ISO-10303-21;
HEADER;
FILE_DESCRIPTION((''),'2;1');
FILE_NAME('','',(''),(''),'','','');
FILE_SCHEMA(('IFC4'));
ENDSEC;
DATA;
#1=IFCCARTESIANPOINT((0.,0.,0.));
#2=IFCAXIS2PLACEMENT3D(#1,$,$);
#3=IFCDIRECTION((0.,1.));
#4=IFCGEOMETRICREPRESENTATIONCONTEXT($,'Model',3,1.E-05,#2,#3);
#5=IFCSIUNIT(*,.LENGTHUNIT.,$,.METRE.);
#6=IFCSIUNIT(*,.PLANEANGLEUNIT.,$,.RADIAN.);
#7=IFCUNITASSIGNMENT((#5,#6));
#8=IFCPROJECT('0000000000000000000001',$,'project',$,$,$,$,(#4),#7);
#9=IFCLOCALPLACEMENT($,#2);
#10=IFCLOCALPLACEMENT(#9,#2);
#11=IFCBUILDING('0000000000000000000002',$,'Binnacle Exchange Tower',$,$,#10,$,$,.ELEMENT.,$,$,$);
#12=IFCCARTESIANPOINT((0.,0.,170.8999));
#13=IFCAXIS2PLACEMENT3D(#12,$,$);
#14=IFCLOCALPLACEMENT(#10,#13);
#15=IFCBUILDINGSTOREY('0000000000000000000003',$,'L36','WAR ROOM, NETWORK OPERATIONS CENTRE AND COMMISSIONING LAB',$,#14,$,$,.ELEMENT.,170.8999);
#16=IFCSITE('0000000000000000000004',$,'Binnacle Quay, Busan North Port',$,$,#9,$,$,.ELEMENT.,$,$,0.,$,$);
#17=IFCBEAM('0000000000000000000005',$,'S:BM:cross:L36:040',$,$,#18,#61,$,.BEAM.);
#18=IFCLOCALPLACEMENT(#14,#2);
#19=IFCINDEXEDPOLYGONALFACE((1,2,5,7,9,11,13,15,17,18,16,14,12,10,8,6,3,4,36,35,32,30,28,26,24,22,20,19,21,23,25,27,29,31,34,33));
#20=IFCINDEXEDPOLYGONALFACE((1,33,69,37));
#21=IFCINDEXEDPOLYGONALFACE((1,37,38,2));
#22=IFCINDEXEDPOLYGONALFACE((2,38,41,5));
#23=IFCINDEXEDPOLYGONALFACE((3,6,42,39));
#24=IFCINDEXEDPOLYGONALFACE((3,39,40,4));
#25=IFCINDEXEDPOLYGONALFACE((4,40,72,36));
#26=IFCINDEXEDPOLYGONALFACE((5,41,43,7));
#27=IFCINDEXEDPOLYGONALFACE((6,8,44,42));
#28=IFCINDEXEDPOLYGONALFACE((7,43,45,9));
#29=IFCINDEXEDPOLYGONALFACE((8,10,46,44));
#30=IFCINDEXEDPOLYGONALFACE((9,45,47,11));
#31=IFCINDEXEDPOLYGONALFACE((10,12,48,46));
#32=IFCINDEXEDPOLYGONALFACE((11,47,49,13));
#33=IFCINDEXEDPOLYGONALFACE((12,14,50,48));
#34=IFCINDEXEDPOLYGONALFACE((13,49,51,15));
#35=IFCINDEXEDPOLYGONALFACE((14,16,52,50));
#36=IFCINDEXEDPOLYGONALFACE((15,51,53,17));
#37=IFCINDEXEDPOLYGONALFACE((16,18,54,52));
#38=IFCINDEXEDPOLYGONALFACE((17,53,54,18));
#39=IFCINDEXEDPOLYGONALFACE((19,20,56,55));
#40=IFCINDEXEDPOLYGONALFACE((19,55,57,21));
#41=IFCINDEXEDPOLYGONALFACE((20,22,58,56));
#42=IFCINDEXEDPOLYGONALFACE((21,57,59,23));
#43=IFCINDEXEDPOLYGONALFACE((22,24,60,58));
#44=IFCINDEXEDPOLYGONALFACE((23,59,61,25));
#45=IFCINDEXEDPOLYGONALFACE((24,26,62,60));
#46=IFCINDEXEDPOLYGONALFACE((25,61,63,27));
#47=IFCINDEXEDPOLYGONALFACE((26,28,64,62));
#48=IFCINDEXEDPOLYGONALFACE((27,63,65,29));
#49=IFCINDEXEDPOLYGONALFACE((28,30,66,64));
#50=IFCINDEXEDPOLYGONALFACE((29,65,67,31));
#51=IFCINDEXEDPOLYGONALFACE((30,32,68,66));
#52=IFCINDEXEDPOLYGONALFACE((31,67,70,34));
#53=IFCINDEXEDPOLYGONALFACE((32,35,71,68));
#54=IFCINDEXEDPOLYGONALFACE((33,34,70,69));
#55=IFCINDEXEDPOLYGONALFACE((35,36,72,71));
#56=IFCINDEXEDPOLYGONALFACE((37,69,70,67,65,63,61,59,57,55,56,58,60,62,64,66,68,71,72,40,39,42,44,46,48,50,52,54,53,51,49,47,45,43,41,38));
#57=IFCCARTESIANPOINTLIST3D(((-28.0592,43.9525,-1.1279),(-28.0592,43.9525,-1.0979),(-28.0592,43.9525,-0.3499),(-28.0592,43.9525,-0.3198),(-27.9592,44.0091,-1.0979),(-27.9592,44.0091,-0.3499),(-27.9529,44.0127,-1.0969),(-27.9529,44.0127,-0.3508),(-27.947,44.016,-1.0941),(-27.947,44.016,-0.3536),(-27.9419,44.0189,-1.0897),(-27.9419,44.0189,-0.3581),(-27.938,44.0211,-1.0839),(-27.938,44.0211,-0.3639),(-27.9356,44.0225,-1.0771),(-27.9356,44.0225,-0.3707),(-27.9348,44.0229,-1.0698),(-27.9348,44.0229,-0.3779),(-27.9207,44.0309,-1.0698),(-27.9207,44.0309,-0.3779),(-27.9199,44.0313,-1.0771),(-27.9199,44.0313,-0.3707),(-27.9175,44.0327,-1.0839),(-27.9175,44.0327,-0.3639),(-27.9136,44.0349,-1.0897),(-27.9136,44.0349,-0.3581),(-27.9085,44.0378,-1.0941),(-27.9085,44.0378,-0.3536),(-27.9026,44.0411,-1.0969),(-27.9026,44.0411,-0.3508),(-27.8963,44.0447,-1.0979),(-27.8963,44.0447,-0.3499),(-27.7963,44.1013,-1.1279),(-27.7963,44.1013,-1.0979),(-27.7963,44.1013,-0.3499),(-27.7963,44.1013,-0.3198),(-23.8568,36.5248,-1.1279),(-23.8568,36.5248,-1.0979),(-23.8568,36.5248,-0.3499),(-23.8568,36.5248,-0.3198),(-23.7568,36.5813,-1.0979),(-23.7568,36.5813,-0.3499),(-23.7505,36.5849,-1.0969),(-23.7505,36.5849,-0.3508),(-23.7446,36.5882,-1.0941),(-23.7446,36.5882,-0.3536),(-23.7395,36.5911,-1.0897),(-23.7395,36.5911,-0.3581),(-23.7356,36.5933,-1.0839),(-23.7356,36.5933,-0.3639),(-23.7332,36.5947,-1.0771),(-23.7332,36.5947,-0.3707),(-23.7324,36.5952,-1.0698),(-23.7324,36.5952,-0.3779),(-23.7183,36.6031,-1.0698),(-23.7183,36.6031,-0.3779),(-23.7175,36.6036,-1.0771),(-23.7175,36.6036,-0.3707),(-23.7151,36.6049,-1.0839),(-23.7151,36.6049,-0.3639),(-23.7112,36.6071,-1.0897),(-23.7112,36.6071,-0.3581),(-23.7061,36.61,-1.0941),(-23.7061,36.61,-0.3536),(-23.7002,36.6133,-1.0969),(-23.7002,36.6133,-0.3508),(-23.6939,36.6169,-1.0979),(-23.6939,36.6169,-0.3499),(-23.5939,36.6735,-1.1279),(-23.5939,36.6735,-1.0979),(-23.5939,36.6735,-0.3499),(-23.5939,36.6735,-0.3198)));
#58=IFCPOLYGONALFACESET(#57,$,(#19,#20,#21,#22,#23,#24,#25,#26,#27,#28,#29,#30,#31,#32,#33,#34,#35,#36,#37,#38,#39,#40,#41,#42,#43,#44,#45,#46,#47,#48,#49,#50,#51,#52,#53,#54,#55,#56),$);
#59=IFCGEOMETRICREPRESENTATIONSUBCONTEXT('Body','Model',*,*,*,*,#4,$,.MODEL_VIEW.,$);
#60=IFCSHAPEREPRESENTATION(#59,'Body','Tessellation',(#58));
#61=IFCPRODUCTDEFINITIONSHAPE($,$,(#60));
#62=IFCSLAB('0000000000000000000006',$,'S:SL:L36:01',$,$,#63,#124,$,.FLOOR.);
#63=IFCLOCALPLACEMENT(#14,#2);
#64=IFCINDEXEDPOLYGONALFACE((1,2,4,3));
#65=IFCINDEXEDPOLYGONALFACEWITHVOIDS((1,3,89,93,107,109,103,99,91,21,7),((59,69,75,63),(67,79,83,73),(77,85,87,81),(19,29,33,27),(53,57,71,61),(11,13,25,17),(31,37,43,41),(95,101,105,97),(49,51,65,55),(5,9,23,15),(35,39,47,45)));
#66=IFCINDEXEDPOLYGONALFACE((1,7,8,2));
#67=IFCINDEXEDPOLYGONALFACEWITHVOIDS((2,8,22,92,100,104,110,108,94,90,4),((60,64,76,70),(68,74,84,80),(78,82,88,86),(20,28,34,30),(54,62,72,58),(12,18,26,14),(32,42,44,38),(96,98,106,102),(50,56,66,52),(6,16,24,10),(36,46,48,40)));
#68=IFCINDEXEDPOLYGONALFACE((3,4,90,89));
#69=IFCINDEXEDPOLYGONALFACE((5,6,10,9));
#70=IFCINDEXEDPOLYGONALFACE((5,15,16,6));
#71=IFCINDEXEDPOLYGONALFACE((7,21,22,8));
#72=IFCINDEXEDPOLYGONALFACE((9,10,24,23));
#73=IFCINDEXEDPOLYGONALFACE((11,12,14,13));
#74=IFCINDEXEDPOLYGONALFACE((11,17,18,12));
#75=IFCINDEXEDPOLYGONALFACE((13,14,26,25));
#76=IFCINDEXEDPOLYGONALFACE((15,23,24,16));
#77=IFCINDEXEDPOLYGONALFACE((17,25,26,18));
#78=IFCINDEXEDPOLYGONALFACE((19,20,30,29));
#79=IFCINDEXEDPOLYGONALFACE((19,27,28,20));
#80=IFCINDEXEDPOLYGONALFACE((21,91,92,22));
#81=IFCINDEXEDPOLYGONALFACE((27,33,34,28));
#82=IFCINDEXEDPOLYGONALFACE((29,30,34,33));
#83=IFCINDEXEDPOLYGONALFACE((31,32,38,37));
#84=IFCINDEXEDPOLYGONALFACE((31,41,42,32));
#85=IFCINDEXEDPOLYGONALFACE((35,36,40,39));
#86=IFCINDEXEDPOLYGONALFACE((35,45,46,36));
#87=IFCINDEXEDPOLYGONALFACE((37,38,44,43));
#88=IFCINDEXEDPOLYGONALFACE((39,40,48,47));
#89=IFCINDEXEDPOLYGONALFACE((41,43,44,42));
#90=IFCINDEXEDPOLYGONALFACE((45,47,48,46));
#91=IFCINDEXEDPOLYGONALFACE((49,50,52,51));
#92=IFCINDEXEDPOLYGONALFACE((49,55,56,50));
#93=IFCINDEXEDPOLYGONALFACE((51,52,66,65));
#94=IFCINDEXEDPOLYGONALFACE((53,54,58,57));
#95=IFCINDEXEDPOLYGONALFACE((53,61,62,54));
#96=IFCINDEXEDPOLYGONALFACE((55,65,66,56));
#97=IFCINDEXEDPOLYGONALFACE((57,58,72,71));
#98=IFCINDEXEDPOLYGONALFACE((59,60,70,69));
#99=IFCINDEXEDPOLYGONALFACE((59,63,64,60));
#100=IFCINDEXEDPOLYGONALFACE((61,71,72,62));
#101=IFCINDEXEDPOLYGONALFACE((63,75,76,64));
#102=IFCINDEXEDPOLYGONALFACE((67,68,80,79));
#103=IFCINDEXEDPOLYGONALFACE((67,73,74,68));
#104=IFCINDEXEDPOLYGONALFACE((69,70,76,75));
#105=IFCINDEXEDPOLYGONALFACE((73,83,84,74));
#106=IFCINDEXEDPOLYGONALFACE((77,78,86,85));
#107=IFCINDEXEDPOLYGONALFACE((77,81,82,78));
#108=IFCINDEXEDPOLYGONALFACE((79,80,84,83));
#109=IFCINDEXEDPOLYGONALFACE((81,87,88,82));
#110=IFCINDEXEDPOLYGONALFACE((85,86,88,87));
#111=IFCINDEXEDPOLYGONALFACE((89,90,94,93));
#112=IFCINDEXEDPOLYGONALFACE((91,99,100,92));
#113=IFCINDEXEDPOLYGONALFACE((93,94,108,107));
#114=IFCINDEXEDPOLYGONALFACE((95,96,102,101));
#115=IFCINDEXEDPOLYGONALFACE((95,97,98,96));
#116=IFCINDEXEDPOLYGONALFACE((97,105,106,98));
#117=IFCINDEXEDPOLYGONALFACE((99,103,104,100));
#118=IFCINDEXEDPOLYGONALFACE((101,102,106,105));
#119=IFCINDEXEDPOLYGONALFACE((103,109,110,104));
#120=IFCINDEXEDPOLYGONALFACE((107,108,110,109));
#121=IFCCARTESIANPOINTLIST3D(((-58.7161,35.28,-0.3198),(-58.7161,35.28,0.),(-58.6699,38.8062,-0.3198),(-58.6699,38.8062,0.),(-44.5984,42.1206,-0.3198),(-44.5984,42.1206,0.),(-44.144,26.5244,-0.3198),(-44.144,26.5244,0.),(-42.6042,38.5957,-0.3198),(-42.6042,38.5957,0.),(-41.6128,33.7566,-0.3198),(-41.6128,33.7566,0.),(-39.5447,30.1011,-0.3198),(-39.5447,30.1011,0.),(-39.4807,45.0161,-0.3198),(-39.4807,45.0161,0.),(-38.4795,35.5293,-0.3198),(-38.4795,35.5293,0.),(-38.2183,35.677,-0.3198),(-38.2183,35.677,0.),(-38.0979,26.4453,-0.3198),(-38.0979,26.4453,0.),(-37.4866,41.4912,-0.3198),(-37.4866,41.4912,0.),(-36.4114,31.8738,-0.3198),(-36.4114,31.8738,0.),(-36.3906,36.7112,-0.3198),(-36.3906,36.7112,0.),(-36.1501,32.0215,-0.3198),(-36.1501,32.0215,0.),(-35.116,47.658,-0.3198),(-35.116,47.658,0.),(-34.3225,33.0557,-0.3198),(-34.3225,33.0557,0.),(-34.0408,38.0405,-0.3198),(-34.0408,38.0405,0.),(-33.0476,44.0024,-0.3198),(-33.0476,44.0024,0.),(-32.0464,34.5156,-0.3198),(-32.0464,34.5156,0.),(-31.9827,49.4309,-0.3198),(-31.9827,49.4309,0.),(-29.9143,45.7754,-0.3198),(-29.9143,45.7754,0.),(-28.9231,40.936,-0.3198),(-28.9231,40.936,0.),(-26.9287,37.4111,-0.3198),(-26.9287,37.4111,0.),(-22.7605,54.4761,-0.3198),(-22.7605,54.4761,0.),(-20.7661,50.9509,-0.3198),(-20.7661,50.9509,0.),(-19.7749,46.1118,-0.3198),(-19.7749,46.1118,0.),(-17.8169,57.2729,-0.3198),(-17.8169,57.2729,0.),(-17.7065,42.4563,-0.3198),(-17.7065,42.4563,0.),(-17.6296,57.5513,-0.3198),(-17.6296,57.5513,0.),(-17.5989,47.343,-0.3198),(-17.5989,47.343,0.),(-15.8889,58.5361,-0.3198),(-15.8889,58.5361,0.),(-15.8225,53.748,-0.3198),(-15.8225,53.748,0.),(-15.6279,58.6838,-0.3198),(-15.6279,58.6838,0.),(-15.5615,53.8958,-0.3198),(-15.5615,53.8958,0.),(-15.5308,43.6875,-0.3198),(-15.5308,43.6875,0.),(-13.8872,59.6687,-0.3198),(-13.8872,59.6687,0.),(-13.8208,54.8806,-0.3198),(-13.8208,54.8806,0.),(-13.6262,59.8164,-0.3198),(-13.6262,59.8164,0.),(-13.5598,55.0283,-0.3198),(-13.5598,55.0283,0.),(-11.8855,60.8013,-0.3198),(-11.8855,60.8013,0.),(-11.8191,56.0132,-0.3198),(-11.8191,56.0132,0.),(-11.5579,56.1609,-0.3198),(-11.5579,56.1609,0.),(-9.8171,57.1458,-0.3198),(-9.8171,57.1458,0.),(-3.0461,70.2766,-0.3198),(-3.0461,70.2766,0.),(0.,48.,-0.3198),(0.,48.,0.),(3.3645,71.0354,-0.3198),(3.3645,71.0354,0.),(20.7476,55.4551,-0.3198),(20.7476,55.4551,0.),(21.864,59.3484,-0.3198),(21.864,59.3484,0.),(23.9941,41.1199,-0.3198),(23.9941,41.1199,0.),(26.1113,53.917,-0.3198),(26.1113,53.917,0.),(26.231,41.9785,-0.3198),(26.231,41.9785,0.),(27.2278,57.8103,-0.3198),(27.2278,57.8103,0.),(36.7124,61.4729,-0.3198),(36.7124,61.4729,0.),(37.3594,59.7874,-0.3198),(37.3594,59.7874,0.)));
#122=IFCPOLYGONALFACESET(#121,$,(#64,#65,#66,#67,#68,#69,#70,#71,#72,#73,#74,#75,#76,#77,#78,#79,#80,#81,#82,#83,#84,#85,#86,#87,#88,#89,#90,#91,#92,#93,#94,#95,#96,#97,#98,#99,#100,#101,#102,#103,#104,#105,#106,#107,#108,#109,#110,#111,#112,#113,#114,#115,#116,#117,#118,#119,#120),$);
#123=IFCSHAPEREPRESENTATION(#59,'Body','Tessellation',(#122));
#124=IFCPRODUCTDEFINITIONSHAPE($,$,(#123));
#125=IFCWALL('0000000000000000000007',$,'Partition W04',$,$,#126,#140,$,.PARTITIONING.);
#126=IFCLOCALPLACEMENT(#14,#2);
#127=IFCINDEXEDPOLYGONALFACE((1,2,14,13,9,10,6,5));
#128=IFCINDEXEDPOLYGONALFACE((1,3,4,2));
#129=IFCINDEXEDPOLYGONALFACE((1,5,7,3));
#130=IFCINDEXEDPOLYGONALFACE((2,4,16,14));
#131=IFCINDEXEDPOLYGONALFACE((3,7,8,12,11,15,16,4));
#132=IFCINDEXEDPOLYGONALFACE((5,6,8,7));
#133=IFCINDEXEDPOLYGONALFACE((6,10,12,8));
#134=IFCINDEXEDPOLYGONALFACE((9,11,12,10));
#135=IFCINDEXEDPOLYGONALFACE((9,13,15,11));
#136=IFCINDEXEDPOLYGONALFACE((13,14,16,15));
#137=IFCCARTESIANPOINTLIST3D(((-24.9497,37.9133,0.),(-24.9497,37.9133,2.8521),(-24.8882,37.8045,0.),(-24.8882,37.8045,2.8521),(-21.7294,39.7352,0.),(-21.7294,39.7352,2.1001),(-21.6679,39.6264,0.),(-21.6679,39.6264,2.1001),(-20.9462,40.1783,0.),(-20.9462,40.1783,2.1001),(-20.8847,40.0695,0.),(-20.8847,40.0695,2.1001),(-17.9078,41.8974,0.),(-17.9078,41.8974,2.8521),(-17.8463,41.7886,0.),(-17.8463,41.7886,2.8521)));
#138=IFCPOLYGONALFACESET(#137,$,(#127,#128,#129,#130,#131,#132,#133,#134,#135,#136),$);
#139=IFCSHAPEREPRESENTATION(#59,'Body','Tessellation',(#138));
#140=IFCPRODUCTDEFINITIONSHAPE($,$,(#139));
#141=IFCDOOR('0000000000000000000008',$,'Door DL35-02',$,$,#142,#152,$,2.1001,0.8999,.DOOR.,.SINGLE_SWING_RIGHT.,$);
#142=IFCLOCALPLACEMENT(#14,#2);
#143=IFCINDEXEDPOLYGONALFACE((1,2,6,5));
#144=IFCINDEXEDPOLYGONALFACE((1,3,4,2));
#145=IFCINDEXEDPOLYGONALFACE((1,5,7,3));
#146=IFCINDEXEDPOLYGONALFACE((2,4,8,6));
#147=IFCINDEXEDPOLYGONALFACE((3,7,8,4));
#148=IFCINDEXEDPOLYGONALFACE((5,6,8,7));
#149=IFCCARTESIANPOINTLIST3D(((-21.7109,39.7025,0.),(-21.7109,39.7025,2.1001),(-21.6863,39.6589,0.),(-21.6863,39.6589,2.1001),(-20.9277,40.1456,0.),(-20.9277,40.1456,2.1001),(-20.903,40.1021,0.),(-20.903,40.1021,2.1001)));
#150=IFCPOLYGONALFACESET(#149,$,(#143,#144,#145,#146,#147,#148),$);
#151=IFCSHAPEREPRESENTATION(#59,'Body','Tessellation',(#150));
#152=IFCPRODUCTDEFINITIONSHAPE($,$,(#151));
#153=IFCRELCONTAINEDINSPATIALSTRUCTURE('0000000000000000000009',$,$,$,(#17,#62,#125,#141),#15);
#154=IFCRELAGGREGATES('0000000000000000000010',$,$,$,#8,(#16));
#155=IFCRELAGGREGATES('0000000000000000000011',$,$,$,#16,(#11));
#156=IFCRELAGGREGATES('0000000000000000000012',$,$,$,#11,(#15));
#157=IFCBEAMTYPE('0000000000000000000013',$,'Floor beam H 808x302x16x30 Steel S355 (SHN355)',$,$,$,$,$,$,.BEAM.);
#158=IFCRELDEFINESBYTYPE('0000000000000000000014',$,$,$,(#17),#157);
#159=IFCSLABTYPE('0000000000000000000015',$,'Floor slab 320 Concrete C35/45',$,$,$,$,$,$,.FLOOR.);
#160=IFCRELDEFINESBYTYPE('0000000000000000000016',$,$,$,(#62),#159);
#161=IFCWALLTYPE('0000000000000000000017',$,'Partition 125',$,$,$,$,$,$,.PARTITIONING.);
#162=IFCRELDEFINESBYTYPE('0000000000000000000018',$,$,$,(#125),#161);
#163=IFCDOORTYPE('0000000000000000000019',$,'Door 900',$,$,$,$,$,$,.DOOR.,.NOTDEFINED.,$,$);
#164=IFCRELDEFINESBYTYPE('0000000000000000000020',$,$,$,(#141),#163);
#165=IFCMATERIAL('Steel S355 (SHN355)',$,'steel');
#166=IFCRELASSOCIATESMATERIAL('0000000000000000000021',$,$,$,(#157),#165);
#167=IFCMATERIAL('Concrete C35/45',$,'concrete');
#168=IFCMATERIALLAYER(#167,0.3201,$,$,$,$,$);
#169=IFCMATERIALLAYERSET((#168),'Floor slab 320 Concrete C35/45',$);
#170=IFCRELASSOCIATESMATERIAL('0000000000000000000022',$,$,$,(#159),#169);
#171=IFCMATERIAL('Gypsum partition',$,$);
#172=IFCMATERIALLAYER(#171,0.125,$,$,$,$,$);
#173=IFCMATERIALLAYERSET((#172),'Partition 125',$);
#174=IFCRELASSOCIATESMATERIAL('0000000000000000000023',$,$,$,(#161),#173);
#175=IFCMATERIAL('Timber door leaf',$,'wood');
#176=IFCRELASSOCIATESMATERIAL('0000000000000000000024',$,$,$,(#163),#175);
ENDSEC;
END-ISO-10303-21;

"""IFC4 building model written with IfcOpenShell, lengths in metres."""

from ifc_helpers import new_model, si_unit, direction, frame, frame_2d, origin, origin_2d, place, context, subcontext, project, spatial, polyline, rectangle, i_section, outline, extrude, material, layer, layer_set, material_profile, profile_set, type_object, element, fill, save


model = new_model("IFC4")

# Units and contexts
model_context = context("Model", 3, precision=1e-05, world=origin(), true_north=direction((0.0, 1.0)))
body_context = subcontext(model_context, "Body", "Model", "MODEL_VIEW")
ifc_project = project(units=[si_unit("LENGTHUNIT", "METRE"), si_unit("PLANEANGLEUNIT", "RADIAN")], contexts=[model_context])

# Site, building, storey
site_placement = place(None, origin())
site = spatial("IfcSite", under=ifc_project, at=site_placement, Name="Binnacle Quay, Busan North Port", CompositionType="ELEMENT", RefElevation=0.0)
building_placement = place(site_placement, origin())
building = spatial("IfcBuilding", under=site, at=building_placement, Name="Binnacle Exchange Tower", CompositionType="ELEMENT")
storey_placement = place(building_placement, frame((0.0, 0.0, 170.8999)))
storey = spatial("IfcBuildingStorey", under=building, at=storey_placement, Name="L36", Description="WAR ROOM, NETWORK OPERATIONS CENTRE AND COMMISSIONING LAB", CompositionType="ELEMENT", Elevation=170.8999)

# Beam
ifc_material_1 = material(Name="Steel S355 (SHN355)", Category="steel")
ifc_material_profile_1 = material_profile(ifc_material_1, i_section(OverallWidth=0.302, OverallDepth=0.8081, WebThickness=0.0161, FlangeThickness=0.03, FilletRadius=0.0281, at=origin_2d()), Name="H 808x302x16x30")
ifc_profile_set_1 = profile_set([ifc_material_profile_1], Name="Steel S355 (SHN355)")
beam_type_1 = type_object("IfcBeamType", Name="Floor beam H 808x302x16x30 Steel S355 (SHN355)", PredefinedType="BEAM", material=ifc_profile_set_1)
beam_1_placement = place(storey_placement, frame((-23.7253, 36.5991, -0.7239), z_axis=(-0.492422, 0.870357, 0.0), x_axis=(-0.870357, -0.492422, 0.0)))
element("IfcBeam", 1, at=beam_1_placement, inside=storey, type_object=beam_type_1, Name="S:BM:cross:L36:040", PredefinedType="BEAM", context=body_context, shape_type="SweptSolid", body=[
    extrude(i_section(OverallWidth=0.302, OverallDepth=0.8081, WebThickness=0.0161, FlangeThickness=0.03, FilletRadius=0.0281, at=origin_2d()), origin(), (0.0, 0.0, 1.0), 8.5342),
])

# Slab
ifc_material_2 = material(Name="Concrete C35/45", Category="concrete")
ifc_layer_1 = layer(ifc_material_2, 0.3201)
ifc_layer_set_1 = layer_set([ifc_layer_1], Name="Floor slab 320 Concrete C35/45")
slab_type = type_object("IfcSlabType", Name="Floor slab 320 Concrete C35/45", PredefinedType="FLOOR", material=ifc_layer_set_1)
slab_placement = place(storey_placement, frame((0.0, 0.0, -0.3198)))
element("IfcSlab", 2, at=slab_placement, inside=storey, type_object=slab_type, Name="S:SL:L36:01", PredefinedType="FLOOR", context=body_context, shape_type="SweptSolid", body=[
    extrude(outline(polyline([(-58.7161, 35.28), (-58.6699, 38.8062), (-3.0461, 70.2766), (3.3645, 71.0354), (36.7124, 61.4729), (37.3594, 59.7874), (26.231, 41.9785), (23.9941, 41.1199), (0.0, 48.0), (-38.0979, 26.4453), (-44.144, 26.5244), (-58.7161, 35.28)]), holes=[polyline([(-38.4795, 35.5293), (-41.6128, 33.7566), (-39.5447, 30.1011), (-36.4114, 31.8738), (-38.4795, 35.5293)]), polyline([(-36.3906, 36.7112), (-38.2183, 35.677), (-36.1501, 32.0215), (-34.3225, 33.0557), (-36.3906, 36.7112)]), polyline([(-32.0464, 34.5156), (-26.9287, 37.4111), (-28.9231, 40.936), (-34.0408, 38.0405), (-32.0464, 34.5156)]), polyline([(-37.4866, 41.4912), (-39.4807, 45.0161), (-44.5984, 42.1206), (-42.6042, 38.5957), (-37.4866, 41.4912)]), polyline([(-29.9143, 45.7754), (-31.9827, 49.4309), (-35.116, 47.658), (-33.0476, 44.0024), (-29.9143, 45.7754)]), polyline([(-17.8169, 57.2729), (-22.7605, 54.4761), (-20.7661, 50.9509), (-15.8225, 53.748), (-17.8169, 57.2729)]), polyline([(-15.5308, 43.6875), (-17.5989, 47.343), (-19.7749, 46.1118), (-17.7065, 42.4563), (-15.5308, 43.6875)]), polyline([(-13.8208, 54.8806), (-15.8889, 58.5361), (-17.6296, 57.5513), (-15.5615, 53.8958), (-13.8208, 54.8806)]), polyline([(27.2278, 57.8103), (21.864, 59.3484), (20.7476, 55.4551), (26.1113, 53.917), (27.2278, 57.8103)]), polyline([(-11.8191, 56.0132), (-13.8872, 59.6687), (-15.6279, 58.6838), (-13.5598, 55.0283), (-11.8191, 56.0132)]), polyline([(-9.8171, 57.1458), (-11.8855, 60.8013), (-13.6262, 59.8164), (-11.5579, 56.1609), (-9.8171, 57.1458)])]), origin(), (0.0, 0.0, 1.0), 0.3198),
])

# Wall, opening, door
ifc_material_3 = material(Name="Gypsum partition")
ifc_layer_2 = layer(ifc_material_3, 0.125)
ifc_layer_set_2 = layer_set([ifc_layer_2], Name="Partition 125")
wall_type = type_object("IfcWallType", Name="Partition 125", PredefinedType="PARTITIONING", material=ifc_layer_set_2)
wall_placement = place(storey_placement, frame((-24.9189, 37.8589, 0.0), z_axis=(0.0, 0.0, 1.0), x_axis=(0.870358, 0.49242, 0.0)))
wall = element("IfcWall", 3, at=wall_placement, inside=storey, type_object=wall_type, Name="Partition W04", PredefinedType="PARTITIONING", context=body_context, shape_type="SweptSolid", body=[
    extrude(rectangle(XDim=8.0908, YDim=0.125, at=frame_2d((4.0454, 0.0))), origin(), (0.0, 0.0, 1.0), 2.8521),
])
opening_placement = place(wall_placement, frame((3.7, 0.0, 0.0)))
opening = element("IfcOpeningElement", 4, at=opening_placement, cuts=wall, PredefinedType="OPENING", context=body_context, shape_type="SweptSolid", body=[
    extrude(rectangle(XDim=0.8999, YDim=2.1001, at=frame_2d((0.45, 1.05))), frame((0.0, 0.0725, 0.0), z_axis=(0.0, -1.0, 0.0), x_axis=(1.0, 0.0, 0.0)), (0.0, 0.0, 1.0), 0.145),
])
ifc_material_4 = material(Name="Timber door leaf", Category="wood")
door_type = type_object("IfcDoorType", Name="Door 900", OperationType="NOTDEFINED", PredefinedType="DOOR", material=ifc_material_4)
door_placement = place(opening_placement, origin())
door = element("IfcDoor", 5, at=door_placement, inside=storey, type_object=door_type, Name="Door DL35-02", OperationType="SINGLE_SWING_RIGHT", OverallHeight=2.1001, OverallWidth=0.8999, PredefinedType="DOOR", context=body_context, shape_type="SweptSolid", body=[
    extrude(rectangle(XDim=0.8999, YDim=2.1001, at=frame_2d((0.45, 1.05))), frame((0.0, 0.0249, 0.0), z_axis=(0.0, -1.0, 0.0), x_axis=(1.0, 0.0, 0.0)), (0.0, 0.0, 1.0), 0.05),
])
fill(opening, door)

save(model, "model.ifc")
